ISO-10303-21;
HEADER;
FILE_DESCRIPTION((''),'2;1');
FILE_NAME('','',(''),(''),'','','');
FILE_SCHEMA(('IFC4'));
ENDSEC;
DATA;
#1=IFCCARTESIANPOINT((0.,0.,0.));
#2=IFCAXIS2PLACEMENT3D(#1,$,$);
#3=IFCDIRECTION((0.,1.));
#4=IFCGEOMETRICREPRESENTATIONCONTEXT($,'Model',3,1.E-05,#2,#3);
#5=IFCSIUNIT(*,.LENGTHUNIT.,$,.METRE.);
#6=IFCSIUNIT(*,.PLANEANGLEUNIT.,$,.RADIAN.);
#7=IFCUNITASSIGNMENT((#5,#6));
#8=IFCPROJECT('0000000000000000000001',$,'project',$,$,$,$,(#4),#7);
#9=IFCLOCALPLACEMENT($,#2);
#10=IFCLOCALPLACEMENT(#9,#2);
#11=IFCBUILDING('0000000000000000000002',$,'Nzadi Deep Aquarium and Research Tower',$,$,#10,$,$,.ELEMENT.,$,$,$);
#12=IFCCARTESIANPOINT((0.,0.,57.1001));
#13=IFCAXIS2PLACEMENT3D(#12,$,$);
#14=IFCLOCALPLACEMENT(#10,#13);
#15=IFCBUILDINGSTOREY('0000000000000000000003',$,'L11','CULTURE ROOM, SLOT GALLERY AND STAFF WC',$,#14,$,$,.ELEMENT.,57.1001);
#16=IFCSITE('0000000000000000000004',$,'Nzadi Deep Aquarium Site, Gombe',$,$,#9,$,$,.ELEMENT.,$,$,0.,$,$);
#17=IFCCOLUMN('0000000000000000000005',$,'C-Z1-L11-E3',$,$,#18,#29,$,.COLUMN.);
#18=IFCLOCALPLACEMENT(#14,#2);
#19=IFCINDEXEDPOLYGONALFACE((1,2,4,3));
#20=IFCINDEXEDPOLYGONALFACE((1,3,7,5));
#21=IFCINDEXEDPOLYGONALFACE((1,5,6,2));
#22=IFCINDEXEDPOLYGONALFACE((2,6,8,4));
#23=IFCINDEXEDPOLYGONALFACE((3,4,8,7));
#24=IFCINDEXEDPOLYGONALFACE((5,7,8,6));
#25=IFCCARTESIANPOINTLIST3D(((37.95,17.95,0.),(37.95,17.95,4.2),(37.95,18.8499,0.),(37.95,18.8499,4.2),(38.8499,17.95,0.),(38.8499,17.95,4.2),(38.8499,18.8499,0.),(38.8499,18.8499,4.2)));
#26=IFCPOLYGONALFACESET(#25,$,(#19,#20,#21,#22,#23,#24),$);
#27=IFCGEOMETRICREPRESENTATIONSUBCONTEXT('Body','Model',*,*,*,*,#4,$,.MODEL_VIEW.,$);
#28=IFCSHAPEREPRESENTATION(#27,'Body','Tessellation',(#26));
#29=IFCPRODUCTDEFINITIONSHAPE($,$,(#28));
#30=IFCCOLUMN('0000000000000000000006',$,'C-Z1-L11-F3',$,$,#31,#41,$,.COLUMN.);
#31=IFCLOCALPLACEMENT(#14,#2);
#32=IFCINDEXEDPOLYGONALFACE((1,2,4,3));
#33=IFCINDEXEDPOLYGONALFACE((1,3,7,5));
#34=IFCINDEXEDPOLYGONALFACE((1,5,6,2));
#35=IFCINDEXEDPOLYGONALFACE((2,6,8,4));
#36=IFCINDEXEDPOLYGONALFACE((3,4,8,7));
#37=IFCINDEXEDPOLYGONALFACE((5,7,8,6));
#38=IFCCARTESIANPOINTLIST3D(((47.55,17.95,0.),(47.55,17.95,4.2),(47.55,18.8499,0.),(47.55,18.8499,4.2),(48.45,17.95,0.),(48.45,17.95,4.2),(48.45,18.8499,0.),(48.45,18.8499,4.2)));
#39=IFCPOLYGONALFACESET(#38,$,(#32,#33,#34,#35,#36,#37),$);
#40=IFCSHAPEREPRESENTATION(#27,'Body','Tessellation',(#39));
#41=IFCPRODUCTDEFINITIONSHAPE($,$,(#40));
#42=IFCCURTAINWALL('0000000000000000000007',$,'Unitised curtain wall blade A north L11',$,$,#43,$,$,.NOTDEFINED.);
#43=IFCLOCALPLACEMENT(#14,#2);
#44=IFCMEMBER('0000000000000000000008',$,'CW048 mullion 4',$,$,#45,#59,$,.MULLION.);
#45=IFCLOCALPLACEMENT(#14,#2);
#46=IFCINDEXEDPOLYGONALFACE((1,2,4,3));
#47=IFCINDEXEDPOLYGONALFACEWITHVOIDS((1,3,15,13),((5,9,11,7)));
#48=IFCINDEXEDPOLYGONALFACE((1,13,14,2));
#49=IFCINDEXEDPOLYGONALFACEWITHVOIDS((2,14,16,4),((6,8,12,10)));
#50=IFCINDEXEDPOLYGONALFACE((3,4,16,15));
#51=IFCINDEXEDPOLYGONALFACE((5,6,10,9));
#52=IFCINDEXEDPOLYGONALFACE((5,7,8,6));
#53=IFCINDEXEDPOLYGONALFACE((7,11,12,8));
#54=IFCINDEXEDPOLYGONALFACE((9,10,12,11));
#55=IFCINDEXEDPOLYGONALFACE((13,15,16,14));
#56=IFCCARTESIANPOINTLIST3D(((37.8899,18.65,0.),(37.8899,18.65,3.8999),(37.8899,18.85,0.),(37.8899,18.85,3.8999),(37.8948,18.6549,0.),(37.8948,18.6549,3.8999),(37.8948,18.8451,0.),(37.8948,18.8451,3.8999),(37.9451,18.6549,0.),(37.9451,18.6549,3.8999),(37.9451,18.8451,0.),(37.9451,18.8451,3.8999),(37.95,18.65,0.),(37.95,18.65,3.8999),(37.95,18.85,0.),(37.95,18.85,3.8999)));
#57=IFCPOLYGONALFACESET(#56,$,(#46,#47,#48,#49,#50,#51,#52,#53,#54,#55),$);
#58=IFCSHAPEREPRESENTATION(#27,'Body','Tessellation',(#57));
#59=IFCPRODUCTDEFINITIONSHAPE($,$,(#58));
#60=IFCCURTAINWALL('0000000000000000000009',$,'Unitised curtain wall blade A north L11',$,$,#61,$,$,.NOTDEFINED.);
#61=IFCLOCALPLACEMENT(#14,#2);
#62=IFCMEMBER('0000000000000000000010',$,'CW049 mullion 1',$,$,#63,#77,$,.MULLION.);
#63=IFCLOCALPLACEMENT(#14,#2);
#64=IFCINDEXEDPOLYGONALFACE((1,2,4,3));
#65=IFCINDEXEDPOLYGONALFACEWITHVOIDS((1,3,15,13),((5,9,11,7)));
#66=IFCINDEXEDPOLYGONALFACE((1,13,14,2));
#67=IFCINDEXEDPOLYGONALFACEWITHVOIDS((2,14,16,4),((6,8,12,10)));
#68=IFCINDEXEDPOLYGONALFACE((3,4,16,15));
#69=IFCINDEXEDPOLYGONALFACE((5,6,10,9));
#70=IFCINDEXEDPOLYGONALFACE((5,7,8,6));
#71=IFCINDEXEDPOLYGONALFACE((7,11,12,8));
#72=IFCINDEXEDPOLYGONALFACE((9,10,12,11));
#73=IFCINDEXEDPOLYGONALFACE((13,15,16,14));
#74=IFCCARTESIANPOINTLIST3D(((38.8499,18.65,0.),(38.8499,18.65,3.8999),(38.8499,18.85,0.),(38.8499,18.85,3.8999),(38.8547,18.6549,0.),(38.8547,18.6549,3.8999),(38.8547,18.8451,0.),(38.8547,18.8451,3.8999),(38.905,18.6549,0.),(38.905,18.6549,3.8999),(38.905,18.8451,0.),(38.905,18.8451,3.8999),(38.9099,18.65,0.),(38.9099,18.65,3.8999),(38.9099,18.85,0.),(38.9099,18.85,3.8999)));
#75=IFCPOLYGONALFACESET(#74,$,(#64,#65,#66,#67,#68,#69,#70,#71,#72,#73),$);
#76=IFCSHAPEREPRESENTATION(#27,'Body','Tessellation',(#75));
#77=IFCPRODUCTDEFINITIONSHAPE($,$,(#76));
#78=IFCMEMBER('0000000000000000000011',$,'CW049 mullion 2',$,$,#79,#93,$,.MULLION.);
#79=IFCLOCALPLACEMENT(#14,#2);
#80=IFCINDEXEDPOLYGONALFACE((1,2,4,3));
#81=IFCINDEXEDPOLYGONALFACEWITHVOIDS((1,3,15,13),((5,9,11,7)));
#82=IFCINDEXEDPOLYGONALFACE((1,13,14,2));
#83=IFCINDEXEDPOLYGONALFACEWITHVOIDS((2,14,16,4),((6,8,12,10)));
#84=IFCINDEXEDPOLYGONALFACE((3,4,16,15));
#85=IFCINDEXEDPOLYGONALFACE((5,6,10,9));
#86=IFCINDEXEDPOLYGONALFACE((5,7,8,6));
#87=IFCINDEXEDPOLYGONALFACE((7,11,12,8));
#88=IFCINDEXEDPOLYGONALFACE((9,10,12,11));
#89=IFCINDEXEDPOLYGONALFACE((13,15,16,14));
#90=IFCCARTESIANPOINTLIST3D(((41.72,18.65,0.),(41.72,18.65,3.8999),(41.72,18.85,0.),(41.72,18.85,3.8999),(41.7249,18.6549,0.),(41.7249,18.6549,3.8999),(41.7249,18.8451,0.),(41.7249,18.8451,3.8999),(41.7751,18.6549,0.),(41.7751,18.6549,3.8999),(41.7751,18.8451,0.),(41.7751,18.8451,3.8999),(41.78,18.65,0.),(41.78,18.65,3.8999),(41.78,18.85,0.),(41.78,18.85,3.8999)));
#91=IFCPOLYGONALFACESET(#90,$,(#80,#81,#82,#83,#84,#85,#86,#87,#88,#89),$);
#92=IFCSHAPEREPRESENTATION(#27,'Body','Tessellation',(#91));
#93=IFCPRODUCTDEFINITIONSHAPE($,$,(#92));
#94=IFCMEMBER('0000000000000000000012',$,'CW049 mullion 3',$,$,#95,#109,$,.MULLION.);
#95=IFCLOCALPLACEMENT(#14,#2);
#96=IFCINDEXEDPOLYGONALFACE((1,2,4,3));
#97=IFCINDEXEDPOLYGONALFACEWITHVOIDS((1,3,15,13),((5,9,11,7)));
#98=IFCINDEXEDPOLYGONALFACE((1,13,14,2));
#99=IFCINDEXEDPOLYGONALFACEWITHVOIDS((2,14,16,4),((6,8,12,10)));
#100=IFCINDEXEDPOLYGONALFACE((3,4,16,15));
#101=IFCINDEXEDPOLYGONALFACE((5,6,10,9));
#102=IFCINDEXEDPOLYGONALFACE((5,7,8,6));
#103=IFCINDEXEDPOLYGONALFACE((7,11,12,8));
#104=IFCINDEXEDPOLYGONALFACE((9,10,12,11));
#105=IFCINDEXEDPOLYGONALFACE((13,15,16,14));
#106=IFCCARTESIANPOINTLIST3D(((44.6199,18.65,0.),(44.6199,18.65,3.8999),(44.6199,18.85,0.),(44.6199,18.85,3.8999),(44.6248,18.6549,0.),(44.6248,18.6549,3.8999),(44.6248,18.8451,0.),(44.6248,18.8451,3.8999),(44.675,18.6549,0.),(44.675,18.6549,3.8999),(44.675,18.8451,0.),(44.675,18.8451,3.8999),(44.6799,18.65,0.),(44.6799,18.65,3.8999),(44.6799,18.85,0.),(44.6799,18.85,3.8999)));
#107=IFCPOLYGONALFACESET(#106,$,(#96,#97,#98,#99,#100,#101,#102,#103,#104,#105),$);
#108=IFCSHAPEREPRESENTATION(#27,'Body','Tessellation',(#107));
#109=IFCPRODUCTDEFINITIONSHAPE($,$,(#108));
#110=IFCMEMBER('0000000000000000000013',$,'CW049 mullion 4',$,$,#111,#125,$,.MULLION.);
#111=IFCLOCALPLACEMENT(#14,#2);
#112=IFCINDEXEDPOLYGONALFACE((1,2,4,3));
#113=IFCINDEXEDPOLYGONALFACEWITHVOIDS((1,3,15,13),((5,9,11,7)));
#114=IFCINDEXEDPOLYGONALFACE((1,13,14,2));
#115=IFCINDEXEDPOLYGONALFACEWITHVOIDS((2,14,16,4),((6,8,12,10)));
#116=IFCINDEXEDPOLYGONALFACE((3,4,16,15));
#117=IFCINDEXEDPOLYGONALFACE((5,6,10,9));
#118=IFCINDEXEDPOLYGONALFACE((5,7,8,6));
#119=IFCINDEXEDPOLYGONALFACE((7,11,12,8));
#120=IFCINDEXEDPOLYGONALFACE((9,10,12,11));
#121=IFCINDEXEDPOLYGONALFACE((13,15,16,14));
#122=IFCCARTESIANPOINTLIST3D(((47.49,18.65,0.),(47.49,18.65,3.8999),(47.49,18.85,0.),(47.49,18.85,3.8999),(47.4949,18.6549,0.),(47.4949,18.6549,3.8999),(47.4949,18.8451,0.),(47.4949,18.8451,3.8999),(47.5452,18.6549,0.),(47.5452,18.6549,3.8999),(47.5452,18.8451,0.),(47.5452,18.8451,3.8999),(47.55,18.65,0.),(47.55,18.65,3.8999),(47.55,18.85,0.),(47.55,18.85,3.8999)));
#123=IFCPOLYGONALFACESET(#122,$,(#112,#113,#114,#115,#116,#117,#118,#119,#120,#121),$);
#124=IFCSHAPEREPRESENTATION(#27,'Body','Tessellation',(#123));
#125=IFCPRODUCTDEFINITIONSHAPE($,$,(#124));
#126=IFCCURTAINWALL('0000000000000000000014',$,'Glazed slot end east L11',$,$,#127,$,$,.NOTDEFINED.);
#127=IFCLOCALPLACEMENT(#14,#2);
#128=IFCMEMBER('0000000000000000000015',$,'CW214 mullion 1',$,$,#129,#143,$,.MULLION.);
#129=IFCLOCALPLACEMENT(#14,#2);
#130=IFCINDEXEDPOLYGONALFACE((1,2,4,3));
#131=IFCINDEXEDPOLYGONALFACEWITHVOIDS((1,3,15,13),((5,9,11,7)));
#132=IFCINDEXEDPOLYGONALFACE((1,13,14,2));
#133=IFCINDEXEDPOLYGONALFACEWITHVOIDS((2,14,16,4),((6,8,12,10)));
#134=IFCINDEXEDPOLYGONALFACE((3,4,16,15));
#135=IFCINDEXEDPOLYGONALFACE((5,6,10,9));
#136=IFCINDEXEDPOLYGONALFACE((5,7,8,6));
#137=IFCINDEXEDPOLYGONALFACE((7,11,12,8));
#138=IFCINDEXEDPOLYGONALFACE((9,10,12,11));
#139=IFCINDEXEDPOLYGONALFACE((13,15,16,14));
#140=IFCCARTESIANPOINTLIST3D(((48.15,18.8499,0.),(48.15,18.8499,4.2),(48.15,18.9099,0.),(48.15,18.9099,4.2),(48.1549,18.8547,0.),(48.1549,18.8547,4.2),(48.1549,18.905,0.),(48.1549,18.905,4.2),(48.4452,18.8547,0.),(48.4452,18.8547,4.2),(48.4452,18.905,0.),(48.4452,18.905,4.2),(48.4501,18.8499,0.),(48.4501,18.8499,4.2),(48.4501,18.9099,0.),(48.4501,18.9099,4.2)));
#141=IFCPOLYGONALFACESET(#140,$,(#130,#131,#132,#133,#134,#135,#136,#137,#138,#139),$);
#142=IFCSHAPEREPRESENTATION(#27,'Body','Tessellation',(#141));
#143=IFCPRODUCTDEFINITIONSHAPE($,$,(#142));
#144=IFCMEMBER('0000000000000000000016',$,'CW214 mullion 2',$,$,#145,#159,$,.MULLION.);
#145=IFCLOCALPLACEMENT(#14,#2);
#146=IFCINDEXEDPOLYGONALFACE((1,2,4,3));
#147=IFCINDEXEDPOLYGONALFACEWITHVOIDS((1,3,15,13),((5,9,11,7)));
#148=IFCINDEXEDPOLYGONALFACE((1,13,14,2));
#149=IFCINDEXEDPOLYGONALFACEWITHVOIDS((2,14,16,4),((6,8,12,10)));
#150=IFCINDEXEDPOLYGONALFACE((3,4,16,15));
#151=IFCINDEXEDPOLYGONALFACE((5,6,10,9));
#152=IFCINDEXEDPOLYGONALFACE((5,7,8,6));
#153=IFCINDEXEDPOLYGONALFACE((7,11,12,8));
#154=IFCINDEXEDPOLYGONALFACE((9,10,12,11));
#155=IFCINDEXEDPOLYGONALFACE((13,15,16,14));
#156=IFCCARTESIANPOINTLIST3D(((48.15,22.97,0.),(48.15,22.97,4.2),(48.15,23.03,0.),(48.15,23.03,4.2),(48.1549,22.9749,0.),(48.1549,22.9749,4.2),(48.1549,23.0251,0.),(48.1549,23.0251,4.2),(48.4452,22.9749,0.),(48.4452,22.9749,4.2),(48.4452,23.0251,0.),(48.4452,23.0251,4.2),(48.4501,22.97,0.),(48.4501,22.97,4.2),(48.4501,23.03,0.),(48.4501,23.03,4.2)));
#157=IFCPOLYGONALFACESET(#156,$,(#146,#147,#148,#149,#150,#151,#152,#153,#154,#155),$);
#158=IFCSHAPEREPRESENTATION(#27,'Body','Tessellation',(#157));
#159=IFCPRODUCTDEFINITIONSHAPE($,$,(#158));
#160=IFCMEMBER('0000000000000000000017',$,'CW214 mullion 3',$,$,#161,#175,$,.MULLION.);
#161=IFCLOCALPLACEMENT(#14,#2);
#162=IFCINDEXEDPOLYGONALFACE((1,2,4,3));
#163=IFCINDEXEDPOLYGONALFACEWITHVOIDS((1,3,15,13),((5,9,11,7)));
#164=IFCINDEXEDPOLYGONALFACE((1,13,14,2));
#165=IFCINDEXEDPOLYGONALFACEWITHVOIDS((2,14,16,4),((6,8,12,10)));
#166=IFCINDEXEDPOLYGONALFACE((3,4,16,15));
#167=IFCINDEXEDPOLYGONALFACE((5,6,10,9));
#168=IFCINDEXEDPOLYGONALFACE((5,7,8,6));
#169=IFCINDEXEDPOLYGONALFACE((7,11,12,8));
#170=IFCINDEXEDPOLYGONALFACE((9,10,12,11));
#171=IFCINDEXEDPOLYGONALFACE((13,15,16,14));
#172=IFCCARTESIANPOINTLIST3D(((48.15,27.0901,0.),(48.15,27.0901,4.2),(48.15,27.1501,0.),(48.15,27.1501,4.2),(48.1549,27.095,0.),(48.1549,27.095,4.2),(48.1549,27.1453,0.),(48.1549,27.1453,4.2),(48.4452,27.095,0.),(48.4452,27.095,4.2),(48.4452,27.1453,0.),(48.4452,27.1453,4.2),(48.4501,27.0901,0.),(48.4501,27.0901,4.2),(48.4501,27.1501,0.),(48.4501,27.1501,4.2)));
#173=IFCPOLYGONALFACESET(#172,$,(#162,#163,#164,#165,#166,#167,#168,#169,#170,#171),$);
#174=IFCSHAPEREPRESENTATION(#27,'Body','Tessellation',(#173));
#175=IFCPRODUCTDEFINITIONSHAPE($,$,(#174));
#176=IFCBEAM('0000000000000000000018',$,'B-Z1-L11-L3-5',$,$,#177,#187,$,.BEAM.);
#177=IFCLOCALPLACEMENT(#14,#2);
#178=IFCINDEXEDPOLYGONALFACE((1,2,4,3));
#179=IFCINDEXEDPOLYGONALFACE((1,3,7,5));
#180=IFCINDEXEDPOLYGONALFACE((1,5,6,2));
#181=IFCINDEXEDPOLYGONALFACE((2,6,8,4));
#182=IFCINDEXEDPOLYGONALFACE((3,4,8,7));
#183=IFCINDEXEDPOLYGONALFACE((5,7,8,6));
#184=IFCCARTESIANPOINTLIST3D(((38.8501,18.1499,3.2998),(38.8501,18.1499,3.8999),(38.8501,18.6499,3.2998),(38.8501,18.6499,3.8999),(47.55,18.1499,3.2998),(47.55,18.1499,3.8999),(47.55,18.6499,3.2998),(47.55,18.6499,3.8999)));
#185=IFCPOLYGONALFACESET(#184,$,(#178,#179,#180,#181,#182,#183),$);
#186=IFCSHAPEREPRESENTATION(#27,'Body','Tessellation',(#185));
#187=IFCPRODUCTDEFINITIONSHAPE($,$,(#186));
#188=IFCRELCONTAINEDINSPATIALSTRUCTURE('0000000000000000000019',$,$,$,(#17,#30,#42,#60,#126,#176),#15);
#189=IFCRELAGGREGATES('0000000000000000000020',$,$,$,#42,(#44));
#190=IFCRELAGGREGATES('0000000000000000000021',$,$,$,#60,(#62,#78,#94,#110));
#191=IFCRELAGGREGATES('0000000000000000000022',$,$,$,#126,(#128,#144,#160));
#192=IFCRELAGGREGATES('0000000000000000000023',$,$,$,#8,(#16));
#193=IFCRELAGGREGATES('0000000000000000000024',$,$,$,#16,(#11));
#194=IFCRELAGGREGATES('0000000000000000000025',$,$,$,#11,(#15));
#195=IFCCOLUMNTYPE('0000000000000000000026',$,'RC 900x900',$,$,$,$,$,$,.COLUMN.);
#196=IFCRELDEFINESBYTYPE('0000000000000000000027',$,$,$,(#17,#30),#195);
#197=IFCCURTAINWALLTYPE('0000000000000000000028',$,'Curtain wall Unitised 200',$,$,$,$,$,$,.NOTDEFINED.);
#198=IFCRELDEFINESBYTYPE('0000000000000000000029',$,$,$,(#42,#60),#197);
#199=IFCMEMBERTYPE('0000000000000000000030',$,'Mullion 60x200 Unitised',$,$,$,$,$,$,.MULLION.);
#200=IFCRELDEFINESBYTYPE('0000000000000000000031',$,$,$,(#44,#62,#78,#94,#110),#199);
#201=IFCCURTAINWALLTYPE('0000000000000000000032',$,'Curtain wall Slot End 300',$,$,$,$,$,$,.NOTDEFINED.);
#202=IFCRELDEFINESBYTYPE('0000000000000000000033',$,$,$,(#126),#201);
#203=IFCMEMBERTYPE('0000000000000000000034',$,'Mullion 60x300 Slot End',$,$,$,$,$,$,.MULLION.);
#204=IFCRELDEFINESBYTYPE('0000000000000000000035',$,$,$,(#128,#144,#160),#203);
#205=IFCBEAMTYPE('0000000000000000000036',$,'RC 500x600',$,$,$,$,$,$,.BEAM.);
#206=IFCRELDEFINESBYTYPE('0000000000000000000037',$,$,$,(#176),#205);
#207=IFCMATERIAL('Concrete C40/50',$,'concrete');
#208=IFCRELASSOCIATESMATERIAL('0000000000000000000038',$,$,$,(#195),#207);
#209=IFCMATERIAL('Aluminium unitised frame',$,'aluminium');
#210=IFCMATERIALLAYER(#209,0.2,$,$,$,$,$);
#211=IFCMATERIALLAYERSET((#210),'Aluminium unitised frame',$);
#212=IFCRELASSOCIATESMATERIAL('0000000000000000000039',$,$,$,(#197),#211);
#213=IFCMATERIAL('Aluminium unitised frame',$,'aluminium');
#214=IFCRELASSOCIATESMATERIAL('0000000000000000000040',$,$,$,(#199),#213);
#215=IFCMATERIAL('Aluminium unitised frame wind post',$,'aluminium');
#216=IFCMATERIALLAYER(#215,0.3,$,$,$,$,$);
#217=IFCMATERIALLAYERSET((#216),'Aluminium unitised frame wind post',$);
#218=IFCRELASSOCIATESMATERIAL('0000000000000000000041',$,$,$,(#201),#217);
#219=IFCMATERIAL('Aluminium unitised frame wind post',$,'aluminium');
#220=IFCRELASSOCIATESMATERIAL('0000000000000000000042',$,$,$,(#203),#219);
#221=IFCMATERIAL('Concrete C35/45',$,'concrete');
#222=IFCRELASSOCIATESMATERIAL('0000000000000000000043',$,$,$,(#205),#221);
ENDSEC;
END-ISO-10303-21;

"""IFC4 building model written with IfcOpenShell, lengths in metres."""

from ifc_helpers import new_model, si_unit, direction, frame, origin, origin_2d, place, context, subcontext, project, spatial, rectangle, hollow_rectangle, extrude, material, layer, layer_set, material_profile, profile_set, type_object, element, aggregate, save


model = new_model("IFC4")

# Units and contexts
model_context = context("Model", 3, precision=1e-05, world=origin(), true_north=direction((0.0, 1.0)))
body_context = subcontext(model_context, "Body", "Model", "MODEL_VIEW")
ifc_project = project(units=[si_unit("LENGTHUNIT", "METRE"), si_unit("PLANEANGLEUNIT", "RADIAN")], contexts=[model_context])

# Site, building, storey
site_placement = place(None, origin())
site = spatial("IfcSite", under=ifc_project, at=site_placement, Name="Nzadi Deep Aquarium Site, Gombe", CompositionType="ELEMENT", RefElevation=0.0)
building_placement = place(site_placement, origin())
building = spatial("IfcBuilding", under=site, at=building_placement, Name="Nzadi Deep Aquarium and Research Tower", CompositionType="ELEMENT")
storey_placement = place(building_placement, frame((0.0, 0.0, 57.1001)))
storey = spatial("IfcBuildingStorey", under=building, at=storey_placement, Name="L11", Description="CULTURE ROOM, SLOT GALLERY AND STAFF WC", CompositionType="ELEMENT", Elevation=57.1001)

# Columns
ifc_material_1 = material(Name="Concrete C40/50", Category="concrete")
ifc_material_profile_1 = material_profile(ifc_material_1, rectangle(XDim=0.8999, YDim=0.8999, at=origin_2d()))
ifc_profile_set_1 = profile_set([ifc_material_profile_1], Name="Concrete C40/50")
column_type = type_object("IfcColumnType", Name="RC 900x900", PredefinedType="COLUMN", material=ifc_profile_set_1)
for number, where, z_axis, x_axis, name in (
    (1, (38.3999, 18.3999, 0.0), (0.0, 0.0, 1.0), (1.0, 0.0, 0.0), "C-Z1-L11-E3"),
    (2, (48.0, 18.3999, 0.0), (0.0, 0.0, 1.0), (1.0, 0.0, 0.0), "C-Z1-L11-F3"),
):
    element("IfcColumn", number, at=place(storey_placement, frame(where, z_axis=z_axis, x_axis=x_axis)), inside=storey, type_object=column_type, Name=name, PredefinedType="COLUMN", context=body_context, shape_type="SweptSolid", body=[
        extrude(rectangle(XDim=0.8999, YDim=0.8999, at=origin_2d()), origin(), (0.0, 0.0, 1.0), 4.2),
    ])

# Curtain wall, member
ifc_material_2 = material(Name="Aluminium unitised frame", Category="aluminium")
ifc_layer_1 = layer(ifc_material_2, 0.2)
ifc_layer_set_1 = layer_set([ifc_layer_1], Name="Aluminium unitised frame")
curtain_wall_type_1 = type_object("IfcCurtainWallType", Name="Curtain wall Unitised 200", PredefinedType="NOTDEFINED", material=ifc_layer_set_1)
curtain_wall_1_placement = place(storey_placement, origin())
curtain_wall_1 = element("IfcCurtainWall", 3, at=curtain_wall_1_placement, inside=storey, type_object=curtain_wall_type_1, Name="Unitised curtain wall blade A north L11", PredefinedType="NOTDEFINED")
ifc_material_3 = material(Name="Aluminium unitised frame", Category="aluminium")
ifc_material_profile_2 = material_profile(ifc_material_3, hollow_rectangle(XDim=0.2, YDim=0.0601, WallThickness=0.0049, at=origin_2d()))
ifc_profile_set_2 = profile_set([ifc_material_profile_2], Name="Aluminium unitised frame")
member_type_1 = type_object("IfcMemberType", Name="Mullion 60x200 Unitised", PredefinedType="MULLION", material=ifc_profile_set_2)
member_1_placement = place(storey_placement, frame((37.9199, 18.75, 0.0), z_axis=(0.0, 0.0, 1.0), x_axis=(0.0, 1.0, 0.0)))
member_1 = element("IfcMember", 4, at=member_1_placement, type_object=member_type_1, Name="CW048 mullion 4", PredefinedType="MULLION", context=body_context, shape_type="SweptSolid", body=[
    extrude(hollow_rectangle(XDim=0.2, YDim=0.0601, WallThickness=0.0049, at=origin_2d()), origin(), (0.0, 0.0, 1.0), 3.8999),
])

# Curtain walls, members
curtain_wall_2_placement = place(storey_placement, origin())
curtain_wall_2 = element("IfcCurtainWall", 5, at=curtain_wall_2_placement, inside=storey, type_object=curtain_wall_type_1, Name="Unitised curtain wall blade A north L11", PredefinedType="NOTDEFINED")
member_2_placement = place(storey_placement, frame((38.8799, 18.75, 0.0), z_axis=(0.0, 0.0, 1.0), x_axis=(0.0, 1.0, 0.0)))
member_2 = element("IfcMember", 6, at=member_2_placement, type_object=member_type_1, Name="CW049 mullion 1", PredefinedType="MULLION", context=body_context, shape_type="SweptSolid", body=[
    extrude(hollow_rectangle(XDim=0.2, YDim=0.0601, WallThickness=0.0049, at=origin_2d()), origin(), (0.0, 0.0, 1.0), 3.8999),
])
member_3_placement = place(storey_placement, frame((41.75, 18.75, 0.0), z_axis=(0.0, 0.0, 1.0), x_axis=(0.0, 1.0, 0.0)))
member_3 = element("IfcMember", 7, at=member_3_placement, type_object=member_type_1, Name="CW049 mullion 2", PredefinedType="MULLION", context=body_context, shape_type="SweptSolid", body=[
    extrude(hollow_rectangle(XDim=0.2, YDim=0.0601, WallThickness=0.0049, at=origin_2d()), origin(), (0.0, 0.0, 1.0), 3.8999),
])
member_4_placement = place(storey_placement, frame((44.6499, 18.75, 0.0), z_axis=(0.0, 0.0, 1.0), x_axis=(0.0, 1.0, 0.0)))
member_4 = element("IfcMember", 8, at=member_4_placement, type_object=member_type_1, Name="CW049 mullion 3", PredefinedType="MULLION", context=body_context, shape_type="SweptSolid", body=[
    extrude(hollow_rectangle(XDim=0.2, YDim=0.0601, WallThickness=0.0049, at=origin_2d()), origin(), (0.0, 0.0, 1.0), 3.8999),
])
member_5_placement = place(storey_placement, frame((47.52, 18.75, 0.0), z_axis=(0.0, 0.0, 1.0), x_axis=(0.0, 1.0, 0.0)))
member_5 = element("IfcMember", 9, at=member_5_placement, type_object=member_type_1, Name="CW049 mullion 4", PredefinedType="MULLION", context=body_context, shape_type="SweptSolid", body=[
    extrude(hollow_rectangle(XDim=0.2, YDim=0.0601, WallThickness=0.0049, at=origin_2d()), origin(), (0.0, 0.0, 1.0), 3.8999),
])
ifc_material_4 = material(Name="Aluminium unitised frame wind post", Category="aluminium")
ifc_layer_2 = layer(ifc_material_4, 0.3)
ifc_layer_set_2 = layer_set([ifc_layer_2], Name="Aluminium unitised frame wind post")
curtain_wall_type_2 = type_object("IfcCurtainWallType", Name="Curtain wall Slot End 300", PredefinedType="NOTDEFINED", material=ifc_layer_set_2)
curtain_wall_3_placement = place(storey_placement, origin())
curtain_wall_3 = element("IfcCurtainWall", 10, at=curtain_wall_3_placement, inside=storey, type_object=curtain_wall_type_2, Name="Glazed slot end east L11", PredefinedType="NOTDEFINED")
ifc_material_5 = material(Name="Aluminium unitised frame wind post", Category="aluminium")
ifc_material_profile_3 = material_profile(ifc_material_5, hollow_rectangle(XDim=0.3, YDim=0.0601, WallThickness=0.0049, at=origin_2d()))
ifc_profile_set_3 = profile_set([ifc_material_profile_3], Name="Aluminium unitised frame wind post")
member_type_2 = type_object("IfcMemberType", Name="Mullion 60x300 Slot End", PredefinedType="MULLION", material=ifc_profile_set_3)
member_6_placement = place(storey_placement, frame((48.3, 18.8799, 0.0), z_axis=(0.0, 0.0, 1.0), x_axis=(-1.0, 0.0, 0.0)))
member_6 = element("IfcMember", 11, at=member_6_placement, type_object=member_type_2, Name="CW214 mullion 1", PredefinedType="MULLION", context=body_context, shape_type="SweptSolid", body=[
    extrude(hollow_rectangle(XDim=0.3, YDim=0.0601, WallThickness=0.0049, at=origin_2d()), origin(), (0.0, 0.0, 1.0), 4.2),
])
member_7_placement = place(storey_placement, frame((48.3, 23.0, 0.0), z_axis=(0.0, 0.0, 1.0), x_axis=(-1.0, 0.0, 0.0)))
member_7 = element("IfcMember", 12, at=member_7_placement, type_object=member_type_2, Name="CW214 mullion 2", PredefinedType="MULLION", context=body_context, shape_type="SweptSolid", body=[
    extrude(hollow_rectangle(XDim=0.3, YDim=0.0601, WallThickness=0.0049, at=origin_2d()), origin(), (0.0, 0.0, 1.0), 4.2),
])
member_8_placement = place(storey_placement, frame((48.3, 27.1201, 0.0), z_axis=(0.0, 0.0, 1.0), x_axis=(-1.0, 0.0, 0.0)))
member_8 = element("IfcMember", 13, at=member_8_placement, type_object=member_type_2, Name="CW214 mullion 3", PredefinedType="MULLION", context=body_context, shape_type="SweptSolid", body=[
    extrude(hollow_rectangle(XDim=0.3, YDim=0.0601, WallThickness=0.0049, at=origin_2d()), origin(), (0.0, 0.0, 1.0), 4.2),
])

# Beam
ifc_material_6 = material(Name="Concrete C35/45", Category="concrete")
ifc_material_profile_4 = material_profile(ifc_material_6, rectangle(XDim=0.5, YDim=0.6001, at=origin_2d()))
ifc_profile_set_4 = profile_set([ifc_material_profile_4], Name="Concrete C35/45")
beam_type = type_object("IfcBeamType", Name="RC 500x600", PredefinedType="BEAM", material=ifc_profile_set_4)
beam_placement = place(storey_placement, frame((38.8501, 18.3999, 3.5999), z_axis=(1.0, 0.0, 0.0), x_axis=(0.0, 1.0, 0.0)))
element("IfcBeam", 14, at=beam_placement, inside=storey, type_object=beam_type, Name="B-Z1-L11-L3-5", PredefinedType="BEAM", context=body_context, shape_type="SweptSolid", body=[
    extrude(rectangle(XDim=0.5, YDim=0.6001, at=origin_2d()), origin(), (0.0, 0.0, 1.0), 8.7),
])

aggregate(curtain_wall_1, [member_1])
aggregate(curtain_wall_2, [member_2, member_3, member_4, member_5])
aggregate(curtain_wall_3, [member_6, member_7, member_8])

save(model, "model.ifc")
